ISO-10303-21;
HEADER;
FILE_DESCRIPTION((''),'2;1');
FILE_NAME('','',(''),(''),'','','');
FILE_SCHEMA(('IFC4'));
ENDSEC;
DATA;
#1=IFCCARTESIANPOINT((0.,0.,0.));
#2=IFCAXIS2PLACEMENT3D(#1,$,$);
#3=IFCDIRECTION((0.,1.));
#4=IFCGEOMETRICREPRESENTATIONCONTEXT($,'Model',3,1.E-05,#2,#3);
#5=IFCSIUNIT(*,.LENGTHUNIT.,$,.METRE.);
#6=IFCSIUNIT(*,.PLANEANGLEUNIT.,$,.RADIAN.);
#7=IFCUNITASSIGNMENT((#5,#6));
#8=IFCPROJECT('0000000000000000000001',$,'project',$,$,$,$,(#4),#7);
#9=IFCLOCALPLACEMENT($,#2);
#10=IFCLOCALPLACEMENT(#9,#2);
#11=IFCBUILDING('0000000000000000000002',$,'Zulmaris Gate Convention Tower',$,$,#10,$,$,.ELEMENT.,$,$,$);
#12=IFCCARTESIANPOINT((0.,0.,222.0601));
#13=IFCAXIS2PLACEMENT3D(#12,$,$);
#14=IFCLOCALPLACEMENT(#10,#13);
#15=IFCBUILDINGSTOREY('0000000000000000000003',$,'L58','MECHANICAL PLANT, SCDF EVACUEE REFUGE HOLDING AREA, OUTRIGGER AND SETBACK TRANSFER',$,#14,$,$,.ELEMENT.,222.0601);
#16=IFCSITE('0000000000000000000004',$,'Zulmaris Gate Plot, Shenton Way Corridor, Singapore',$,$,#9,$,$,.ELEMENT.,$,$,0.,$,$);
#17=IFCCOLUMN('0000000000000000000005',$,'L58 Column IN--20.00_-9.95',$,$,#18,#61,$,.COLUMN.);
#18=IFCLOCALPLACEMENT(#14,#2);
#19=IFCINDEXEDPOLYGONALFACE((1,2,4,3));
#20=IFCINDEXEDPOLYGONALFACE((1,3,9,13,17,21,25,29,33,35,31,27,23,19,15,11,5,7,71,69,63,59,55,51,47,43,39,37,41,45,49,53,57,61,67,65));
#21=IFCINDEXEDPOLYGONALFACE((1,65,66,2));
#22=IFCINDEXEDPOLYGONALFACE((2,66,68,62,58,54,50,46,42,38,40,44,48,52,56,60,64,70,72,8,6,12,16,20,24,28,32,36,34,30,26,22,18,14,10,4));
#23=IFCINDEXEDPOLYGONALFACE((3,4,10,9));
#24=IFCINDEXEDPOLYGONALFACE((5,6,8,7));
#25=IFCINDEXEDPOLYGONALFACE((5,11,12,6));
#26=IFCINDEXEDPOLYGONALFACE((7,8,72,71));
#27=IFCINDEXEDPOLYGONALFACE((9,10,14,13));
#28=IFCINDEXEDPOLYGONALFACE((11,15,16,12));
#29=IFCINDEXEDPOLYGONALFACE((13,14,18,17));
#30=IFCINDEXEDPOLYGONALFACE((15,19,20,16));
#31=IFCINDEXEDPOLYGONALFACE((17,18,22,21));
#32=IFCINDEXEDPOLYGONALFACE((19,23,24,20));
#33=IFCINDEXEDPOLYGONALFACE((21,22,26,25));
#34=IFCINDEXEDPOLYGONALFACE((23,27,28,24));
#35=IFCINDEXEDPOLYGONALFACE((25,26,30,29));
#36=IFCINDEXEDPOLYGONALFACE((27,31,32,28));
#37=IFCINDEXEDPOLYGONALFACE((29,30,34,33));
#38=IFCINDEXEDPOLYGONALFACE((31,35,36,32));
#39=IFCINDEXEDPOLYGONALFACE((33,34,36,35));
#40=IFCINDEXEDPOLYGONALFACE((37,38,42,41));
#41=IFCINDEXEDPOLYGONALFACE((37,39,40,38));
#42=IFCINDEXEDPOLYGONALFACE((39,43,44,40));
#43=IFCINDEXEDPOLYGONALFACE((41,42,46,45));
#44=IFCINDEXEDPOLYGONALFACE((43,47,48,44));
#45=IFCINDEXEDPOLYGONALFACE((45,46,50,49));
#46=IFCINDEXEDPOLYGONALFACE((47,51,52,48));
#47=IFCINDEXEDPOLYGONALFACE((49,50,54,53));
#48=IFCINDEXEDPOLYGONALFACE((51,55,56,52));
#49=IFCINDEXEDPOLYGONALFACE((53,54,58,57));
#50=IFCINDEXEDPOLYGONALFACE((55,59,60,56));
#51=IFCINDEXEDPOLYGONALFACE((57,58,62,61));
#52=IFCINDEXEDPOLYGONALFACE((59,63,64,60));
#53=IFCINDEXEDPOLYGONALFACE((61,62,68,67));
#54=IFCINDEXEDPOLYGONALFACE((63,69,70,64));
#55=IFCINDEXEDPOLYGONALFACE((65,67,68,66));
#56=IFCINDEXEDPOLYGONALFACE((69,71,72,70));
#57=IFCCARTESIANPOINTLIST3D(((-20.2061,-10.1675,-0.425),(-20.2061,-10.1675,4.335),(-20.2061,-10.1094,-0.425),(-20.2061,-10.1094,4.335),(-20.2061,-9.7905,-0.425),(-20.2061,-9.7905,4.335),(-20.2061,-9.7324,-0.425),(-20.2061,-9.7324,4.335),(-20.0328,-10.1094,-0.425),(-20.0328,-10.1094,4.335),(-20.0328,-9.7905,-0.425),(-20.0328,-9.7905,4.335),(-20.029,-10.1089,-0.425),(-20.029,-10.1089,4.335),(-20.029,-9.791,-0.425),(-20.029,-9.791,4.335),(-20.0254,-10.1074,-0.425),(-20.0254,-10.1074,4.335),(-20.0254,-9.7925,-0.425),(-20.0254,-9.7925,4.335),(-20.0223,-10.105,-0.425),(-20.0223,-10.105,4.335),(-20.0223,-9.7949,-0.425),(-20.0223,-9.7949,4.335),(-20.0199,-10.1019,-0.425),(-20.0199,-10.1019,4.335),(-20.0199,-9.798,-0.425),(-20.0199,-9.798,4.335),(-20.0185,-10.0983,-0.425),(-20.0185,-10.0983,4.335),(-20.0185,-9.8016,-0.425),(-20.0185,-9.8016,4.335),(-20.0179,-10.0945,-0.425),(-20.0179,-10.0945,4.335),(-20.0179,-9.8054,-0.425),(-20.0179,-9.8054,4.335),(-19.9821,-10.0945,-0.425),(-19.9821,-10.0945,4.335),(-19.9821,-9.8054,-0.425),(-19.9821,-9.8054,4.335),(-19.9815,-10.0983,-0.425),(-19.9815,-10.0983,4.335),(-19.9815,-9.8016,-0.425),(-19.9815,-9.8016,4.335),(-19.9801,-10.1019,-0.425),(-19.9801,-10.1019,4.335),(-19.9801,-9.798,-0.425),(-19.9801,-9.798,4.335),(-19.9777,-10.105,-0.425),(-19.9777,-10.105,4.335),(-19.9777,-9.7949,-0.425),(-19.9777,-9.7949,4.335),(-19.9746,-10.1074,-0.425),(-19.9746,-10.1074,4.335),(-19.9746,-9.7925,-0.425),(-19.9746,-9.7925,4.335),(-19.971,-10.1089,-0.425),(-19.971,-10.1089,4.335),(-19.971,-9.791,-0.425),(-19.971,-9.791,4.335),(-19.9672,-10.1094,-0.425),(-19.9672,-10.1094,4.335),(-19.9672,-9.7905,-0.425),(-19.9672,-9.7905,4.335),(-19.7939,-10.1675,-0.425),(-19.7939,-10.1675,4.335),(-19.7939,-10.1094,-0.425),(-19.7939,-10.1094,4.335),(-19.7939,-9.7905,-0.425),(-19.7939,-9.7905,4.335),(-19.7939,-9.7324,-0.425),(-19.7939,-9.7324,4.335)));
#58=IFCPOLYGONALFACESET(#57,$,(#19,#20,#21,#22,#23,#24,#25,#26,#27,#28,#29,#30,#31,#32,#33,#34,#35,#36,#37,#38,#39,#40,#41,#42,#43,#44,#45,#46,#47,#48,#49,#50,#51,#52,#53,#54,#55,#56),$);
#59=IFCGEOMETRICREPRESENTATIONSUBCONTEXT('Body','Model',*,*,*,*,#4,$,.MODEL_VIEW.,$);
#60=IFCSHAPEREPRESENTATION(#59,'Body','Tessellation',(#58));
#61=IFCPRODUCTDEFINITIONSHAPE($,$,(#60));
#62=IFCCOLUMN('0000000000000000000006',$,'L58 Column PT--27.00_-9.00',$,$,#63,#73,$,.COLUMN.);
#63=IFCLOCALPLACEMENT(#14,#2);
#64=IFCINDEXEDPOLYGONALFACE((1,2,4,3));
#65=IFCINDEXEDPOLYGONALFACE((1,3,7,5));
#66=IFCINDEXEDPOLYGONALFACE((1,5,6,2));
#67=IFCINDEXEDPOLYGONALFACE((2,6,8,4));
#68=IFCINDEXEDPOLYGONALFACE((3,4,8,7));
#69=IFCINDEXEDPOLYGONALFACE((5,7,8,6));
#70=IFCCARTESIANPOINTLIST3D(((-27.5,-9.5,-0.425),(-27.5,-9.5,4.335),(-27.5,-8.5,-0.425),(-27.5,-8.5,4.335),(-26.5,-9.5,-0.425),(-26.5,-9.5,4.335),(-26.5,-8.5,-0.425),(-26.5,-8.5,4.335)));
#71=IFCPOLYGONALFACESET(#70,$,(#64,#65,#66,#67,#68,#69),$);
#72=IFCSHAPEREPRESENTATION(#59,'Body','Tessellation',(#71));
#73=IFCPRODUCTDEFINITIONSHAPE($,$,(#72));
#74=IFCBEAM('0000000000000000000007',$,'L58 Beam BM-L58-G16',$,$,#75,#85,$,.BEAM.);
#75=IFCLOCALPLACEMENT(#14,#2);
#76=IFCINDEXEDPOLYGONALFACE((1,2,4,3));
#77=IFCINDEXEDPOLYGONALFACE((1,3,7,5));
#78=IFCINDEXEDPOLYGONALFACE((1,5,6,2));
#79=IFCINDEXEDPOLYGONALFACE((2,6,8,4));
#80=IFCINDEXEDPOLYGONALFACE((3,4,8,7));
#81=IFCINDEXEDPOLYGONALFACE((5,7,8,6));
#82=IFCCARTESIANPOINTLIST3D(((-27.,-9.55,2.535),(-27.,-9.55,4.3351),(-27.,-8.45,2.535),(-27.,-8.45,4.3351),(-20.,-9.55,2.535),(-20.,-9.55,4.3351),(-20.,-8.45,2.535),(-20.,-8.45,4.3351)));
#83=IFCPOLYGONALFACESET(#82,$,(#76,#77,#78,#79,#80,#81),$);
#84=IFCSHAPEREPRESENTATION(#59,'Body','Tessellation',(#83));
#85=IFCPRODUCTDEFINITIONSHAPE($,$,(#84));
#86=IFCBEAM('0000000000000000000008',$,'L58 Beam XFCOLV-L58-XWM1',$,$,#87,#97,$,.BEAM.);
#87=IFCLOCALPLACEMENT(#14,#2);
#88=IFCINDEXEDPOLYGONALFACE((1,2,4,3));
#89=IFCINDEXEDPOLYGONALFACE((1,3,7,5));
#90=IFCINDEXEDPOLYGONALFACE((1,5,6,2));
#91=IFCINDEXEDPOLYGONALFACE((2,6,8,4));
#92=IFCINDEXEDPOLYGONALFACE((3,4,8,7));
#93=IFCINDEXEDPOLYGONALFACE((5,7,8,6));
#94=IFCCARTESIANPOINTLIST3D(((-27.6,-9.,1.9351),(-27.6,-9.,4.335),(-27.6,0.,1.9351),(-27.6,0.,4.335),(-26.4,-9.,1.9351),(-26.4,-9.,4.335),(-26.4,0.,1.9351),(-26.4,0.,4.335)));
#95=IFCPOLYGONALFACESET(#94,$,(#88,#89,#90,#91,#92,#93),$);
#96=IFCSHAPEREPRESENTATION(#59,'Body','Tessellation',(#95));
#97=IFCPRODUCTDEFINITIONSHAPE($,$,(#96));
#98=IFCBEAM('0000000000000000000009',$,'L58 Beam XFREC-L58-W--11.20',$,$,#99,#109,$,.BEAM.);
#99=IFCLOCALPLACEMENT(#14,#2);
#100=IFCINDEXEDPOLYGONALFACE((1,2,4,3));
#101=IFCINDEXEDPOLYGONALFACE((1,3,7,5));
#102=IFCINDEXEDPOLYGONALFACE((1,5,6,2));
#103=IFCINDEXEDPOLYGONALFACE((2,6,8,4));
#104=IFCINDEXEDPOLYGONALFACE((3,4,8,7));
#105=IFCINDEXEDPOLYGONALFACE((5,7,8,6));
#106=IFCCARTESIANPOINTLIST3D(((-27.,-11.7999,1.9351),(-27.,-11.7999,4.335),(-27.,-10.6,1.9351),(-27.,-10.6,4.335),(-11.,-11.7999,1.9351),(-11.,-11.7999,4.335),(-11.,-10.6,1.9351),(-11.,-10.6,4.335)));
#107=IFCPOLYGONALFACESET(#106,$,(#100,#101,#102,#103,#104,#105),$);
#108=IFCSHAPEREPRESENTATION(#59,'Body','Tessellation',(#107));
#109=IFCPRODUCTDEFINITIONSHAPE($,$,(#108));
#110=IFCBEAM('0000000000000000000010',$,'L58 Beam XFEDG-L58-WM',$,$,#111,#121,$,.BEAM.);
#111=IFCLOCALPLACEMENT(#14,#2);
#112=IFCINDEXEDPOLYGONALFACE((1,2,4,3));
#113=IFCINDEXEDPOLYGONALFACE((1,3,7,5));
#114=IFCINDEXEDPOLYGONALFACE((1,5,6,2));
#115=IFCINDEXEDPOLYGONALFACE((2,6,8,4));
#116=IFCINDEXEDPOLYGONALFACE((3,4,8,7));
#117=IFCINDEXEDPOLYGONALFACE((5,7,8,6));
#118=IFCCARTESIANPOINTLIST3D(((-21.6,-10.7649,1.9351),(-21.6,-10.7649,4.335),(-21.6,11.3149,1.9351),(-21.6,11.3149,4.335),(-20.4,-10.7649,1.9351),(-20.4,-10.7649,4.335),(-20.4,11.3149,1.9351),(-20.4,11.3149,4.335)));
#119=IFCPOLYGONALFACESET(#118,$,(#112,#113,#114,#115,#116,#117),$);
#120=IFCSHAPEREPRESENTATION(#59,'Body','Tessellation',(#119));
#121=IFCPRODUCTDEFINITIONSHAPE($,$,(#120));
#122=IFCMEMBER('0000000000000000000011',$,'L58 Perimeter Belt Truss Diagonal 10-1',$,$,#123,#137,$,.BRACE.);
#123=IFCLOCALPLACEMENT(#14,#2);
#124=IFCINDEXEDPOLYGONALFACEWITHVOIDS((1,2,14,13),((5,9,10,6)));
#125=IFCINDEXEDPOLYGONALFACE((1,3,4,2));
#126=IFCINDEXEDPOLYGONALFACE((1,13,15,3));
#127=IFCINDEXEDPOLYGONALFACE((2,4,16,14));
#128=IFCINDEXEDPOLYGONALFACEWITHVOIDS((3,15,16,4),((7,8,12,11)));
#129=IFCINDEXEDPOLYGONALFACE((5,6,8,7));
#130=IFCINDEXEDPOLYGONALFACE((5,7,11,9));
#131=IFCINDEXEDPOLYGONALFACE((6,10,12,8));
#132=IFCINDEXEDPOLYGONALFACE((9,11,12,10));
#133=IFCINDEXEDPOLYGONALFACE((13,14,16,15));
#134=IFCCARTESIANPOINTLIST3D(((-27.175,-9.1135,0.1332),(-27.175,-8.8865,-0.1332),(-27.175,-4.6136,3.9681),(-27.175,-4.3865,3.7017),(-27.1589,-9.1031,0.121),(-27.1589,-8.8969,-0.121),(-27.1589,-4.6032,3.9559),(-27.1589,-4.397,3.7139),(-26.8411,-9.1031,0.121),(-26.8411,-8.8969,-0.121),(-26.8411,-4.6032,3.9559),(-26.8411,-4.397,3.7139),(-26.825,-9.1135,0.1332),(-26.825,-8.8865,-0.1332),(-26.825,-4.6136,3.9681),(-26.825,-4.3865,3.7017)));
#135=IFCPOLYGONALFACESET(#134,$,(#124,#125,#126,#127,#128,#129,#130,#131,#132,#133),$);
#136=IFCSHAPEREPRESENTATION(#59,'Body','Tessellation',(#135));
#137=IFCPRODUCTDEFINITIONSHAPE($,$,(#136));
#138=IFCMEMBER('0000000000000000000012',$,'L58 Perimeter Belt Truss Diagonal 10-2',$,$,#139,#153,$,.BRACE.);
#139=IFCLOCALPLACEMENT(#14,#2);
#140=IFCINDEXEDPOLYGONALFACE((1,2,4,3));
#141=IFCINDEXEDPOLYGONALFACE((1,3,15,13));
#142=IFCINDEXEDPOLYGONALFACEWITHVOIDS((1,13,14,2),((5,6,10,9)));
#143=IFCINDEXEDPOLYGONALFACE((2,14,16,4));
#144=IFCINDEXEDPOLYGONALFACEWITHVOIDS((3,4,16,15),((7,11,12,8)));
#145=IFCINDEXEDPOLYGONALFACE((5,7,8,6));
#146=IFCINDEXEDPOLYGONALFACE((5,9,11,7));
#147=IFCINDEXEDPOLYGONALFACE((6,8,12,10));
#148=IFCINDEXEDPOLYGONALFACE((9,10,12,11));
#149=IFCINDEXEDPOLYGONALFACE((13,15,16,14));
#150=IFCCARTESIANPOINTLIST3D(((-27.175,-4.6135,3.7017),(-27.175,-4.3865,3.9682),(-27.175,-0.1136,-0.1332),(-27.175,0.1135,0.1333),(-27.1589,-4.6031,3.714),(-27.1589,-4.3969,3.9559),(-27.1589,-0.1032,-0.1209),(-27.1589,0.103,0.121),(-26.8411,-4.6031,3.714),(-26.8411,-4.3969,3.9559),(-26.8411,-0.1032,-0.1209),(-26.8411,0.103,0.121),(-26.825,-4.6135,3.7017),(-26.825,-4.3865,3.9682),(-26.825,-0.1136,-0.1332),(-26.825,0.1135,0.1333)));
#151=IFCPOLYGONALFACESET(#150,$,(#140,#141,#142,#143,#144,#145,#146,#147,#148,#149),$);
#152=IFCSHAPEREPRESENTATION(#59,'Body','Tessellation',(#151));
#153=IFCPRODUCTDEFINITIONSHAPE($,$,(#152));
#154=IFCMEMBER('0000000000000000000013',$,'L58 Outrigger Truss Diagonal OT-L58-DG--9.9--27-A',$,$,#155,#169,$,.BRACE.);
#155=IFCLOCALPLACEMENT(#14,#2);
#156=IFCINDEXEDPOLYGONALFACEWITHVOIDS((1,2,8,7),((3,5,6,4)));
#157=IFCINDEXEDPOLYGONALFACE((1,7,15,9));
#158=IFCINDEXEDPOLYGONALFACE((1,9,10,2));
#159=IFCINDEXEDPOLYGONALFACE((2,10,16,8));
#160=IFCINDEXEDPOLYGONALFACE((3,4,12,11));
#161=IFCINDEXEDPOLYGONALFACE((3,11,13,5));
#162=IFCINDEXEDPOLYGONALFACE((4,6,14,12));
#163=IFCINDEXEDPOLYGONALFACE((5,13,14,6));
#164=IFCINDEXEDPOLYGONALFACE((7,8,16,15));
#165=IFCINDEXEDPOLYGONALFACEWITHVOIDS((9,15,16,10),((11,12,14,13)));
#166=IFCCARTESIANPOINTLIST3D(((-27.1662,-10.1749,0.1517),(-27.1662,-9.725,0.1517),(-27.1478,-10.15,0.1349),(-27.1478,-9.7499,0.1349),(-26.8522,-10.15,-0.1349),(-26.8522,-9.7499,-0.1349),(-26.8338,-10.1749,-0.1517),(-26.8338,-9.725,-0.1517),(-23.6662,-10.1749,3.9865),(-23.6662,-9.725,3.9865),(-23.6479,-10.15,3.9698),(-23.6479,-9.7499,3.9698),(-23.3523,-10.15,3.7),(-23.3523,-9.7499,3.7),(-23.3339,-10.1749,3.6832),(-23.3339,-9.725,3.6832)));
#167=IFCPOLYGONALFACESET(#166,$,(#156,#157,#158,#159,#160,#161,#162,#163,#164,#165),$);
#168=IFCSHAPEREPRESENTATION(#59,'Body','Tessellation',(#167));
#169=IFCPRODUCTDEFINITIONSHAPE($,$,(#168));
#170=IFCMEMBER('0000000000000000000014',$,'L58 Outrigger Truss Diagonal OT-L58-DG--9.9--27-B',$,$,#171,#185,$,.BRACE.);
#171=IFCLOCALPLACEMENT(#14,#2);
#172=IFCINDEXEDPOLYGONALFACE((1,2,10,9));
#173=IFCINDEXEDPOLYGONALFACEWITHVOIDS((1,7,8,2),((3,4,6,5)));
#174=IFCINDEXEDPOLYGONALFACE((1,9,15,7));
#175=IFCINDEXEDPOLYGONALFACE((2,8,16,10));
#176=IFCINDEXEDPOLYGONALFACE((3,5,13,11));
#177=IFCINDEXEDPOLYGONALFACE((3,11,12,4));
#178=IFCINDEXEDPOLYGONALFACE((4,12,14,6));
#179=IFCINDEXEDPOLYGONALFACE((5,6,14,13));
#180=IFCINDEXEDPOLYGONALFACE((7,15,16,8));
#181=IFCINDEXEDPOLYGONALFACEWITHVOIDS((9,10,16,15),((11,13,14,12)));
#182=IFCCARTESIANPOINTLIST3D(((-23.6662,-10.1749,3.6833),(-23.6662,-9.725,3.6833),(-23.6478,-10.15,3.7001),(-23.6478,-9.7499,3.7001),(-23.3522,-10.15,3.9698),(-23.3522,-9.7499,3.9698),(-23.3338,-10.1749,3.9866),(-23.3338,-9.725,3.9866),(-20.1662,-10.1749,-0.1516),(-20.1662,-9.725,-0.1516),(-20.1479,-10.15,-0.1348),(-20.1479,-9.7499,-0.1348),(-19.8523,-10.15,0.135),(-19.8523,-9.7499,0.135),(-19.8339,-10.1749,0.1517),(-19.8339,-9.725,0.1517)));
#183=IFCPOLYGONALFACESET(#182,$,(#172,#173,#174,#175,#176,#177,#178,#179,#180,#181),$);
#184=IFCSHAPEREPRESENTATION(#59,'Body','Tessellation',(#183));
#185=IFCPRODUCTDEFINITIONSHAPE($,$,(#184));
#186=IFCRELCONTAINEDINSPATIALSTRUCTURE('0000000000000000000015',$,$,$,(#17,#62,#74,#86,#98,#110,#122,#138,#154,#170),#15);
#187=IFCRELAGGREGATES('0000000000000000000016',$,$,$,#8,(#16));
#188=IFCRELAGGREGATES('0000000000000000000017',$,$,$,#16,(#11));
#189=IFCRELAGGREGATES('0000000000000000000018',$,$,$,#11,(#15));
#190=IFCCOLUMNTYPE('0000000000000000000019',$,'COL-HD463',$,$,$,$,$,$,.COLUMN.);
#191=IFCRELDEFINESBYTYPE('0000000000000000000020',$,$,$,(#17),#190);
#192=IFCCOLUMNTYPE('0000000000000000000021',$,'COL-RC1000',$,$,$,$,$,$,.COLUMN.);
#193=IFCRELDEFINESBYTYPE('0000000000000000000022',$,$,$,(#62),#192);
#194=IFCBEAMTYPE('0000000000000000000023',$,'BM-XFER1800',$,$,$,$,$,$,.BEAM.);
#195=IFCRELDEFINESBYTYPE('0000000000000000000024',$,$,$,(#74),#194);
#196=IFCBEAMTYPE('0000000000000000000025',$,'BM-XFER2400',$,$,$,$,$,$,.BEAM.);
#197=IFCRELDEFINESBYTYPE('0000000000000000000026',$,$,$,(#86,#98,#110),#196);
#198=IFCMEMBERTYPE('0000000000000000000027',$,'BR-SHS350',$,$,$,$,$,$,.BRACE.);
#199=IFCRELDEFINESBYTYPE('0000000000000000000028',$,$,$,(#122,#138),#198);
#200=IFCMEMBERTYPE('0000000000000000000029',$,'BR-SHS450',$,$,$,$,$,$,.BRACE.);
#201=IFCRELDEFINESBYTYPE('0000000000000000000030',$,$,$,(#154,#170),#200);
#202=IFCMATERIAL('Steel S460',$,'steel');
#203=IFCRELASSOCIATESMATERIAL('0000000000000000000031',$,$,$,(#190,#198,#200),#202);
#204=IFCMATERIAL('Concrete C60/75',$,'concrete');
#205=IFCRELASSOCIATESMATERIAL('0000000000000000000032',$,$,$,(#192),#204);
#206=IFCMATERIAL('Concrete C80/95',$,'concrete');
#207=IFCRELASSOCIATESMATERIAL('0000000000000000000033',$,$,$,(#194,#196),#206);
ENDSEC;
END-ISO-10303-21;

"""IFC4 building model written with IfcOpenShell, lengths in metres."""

from ifc_helpers import new_model, si_unit, direction, frame, origin, origin_2d, place, context, subcontext, project, spatial, rectangle, hollow_rectangle, i_section, extrude, material, material_profile, profile_set, type_object, element, save


model = new_model("IFC4")

# Units and contexts
model_context = context("Model", 3, precision=1e-05, world=origin(), true_north=direction((0.0, 1.0)))
body_context = subcontext(model_context, "Body", "Model", "MODEL_VIEW")
ifc_project = project(units=[si_unit("LENGTHUNIT", "METRE"), si_unit("PLANEANGLEUNIT", "RADIAN")], contexts=[model_context])

# Site, building, storey
site_placement = place(None, origin())
site = spatial("IfcSite", under=ifc_project, at=site_placement, Name="Zulmaris Gate Plot, Shenton Way Corridor, Singapore", CompositionType="ELEMENT", RefElevation=0.0)
building_placement = place(site_placement, origin())
building = spatial("IfcBuilding", under=site, at=building_placement, Name="Zulmaris Gate Convention Tower", CompositionType="ELEMENT")
storey_placement = place(building_placement, frame((0.0, 0.0, 222.0601)))
storey = spatial("IfcBuildingStorey", under=building, at=storey_placement, Name="L58", Description="MECHANICAL PLANT, SCDF EVACUEE REFUGE HOLDING AREA, OUTRIGGER AND SETBACK TRANSFER", CompositionType="ELEMENT", Elevation=222.0601)

# Columns
ifc_material_1 = material(Name="Steel S460", Category="steel")
ifc_material_profile_1 = material_profile(ifc_material_1, i_section(OverallWidth=0.4121, OverallDepth=0.4351, WebThickness=0.0359, FlangeThickness=0.0581, FilletRadius=0.0149, at=origin_2d()), Name="HD 400x463")
ifc_profile_set_1 = profile_set([ifc_material_profile_1], Name="Steel S460")
column_type_1 = type_object("IfcColumnType", Name="COL-HD463", PredefinedType="COLUMN", material=ifc_profile_set_1)
column_1_placement = place(storey_placement, frame((-20.0, -9.95, -0.425), z_axis=(0.0, 0.0, 1.0), x_axis=(1.0, 0.0, 0.0)))
element("IfcColumn", 1, at=column_1_placement, inside=storey, type_object=column_type_1, Name="L58 Column IN--20.00_-9.95", PredefinedType="COLUMN", context=body_context, shape_type="SweptSolid", body=[
    extrude(i_section(OverallWidth=0.4121, OverallDepth=0.4351, WebThickness=0.0359, FlangeThickness=0.0581, FilletRadius=0.0149, at=origin_2d()), origin(), (0.0, 0.0, 1.0), 4.76),
])
ifc_material_2 = material(Name="Concrete C60/75", Category="concrete")
ifc_material_profile_2 = material_profile(ifc_material_2, rectangle(XDim=1.0, YDim=1.0, at=origin_2d()), Name="RC COL 1000x1000")
ifc_profile_set_2 = profile_set([ifc_material_profile_2], Name="Concrete C60/75")
column_type_2 = type_object("IfcColumnType", Name="COL-RC1000", PredefinedType="COLUMN", material=ifc_profile_set_2)
column_2_placement = place(storey_placement, frame((-27.0, -9.0, -0.425), z_axis=(0.0, 0.0, 1.0), x_axis=(1.0, 0.0, 0.0)))
element("IfcColumn", 2, at=column_2_placement, inside=storey, type_object=column_type_2, Name="L58 Column PT--27.00_-9.00", PredefinedType="COLUMN", context=body_context, shape_type="SweptSolid", body=[
    extrude(rectangle(XDim=1.0, YDim=1.0, at=origin_2d()), origin(), (0.0, 0.0, 1.0), 4.76),
])

# Beams
ifc_material_3 = material(Name="Concrete C80/95", Category="concrete")
ifc_material_profile_3 = material_profile(ifc_material_3, rectangle(XDim=1.1001, YDim=1.8, at=origin_2d()), Name="RC TRANSFER 1100x1800")
ifc_profile_set_3 = profile_set([ifc_material_profile_3], Name="Concrete C80/95")
beam_type_1 = type_object("IfcBeamType", Name="BM-XFER1800", PredefinedType="BEAM", material=ifc_profile_set_3)
beam_1_placement = place(storey_placement, frame((-27.0, -9.0, 3.4351), z_axis=(1.0, 0.0, 0.0), x_axis=(0.0, 1.0, 0.0)))
element("IfcBeam", 3, at=beam_1_placement, inside=storey, type_object=beam_type_1, Name="L58 Beam BM-L58-G16", PredefinedType="BEAM", context=body_context, shape_type="SweptSolid", body=[
    extrude(rectangle(XDim=1.1001, YDim=1.8, at=origin_2d()), origin(), (0.0, 0.0, 1.0), 7.0),
])
ifc_material_profile_4 = material_profile(ifc_material_3, rectangle(XDim=1.2, YDim=2.3999, at=origin_2d()), Name="RC TRANSFER 1200x2400")
ifc_profile_set_4 = profile_set([ifc_material_profile_4], Name="Concrete C80/95")
beam_type_2 = type_object("IfcBeamType", Name="BM-XFER2400", PredefinedType="BEAM", material=ifc_profile_set_4)
beam_2_placement = place(storey_placement, frame((-27.0, -9.0, 3.135), z_axis=(0.0, 1.0, 0.0), x_axis=(-1.0, 0.0, 0.0)))
element("IfcBeam", 4, at=beam_2_placement, inside=storey, type_object=beam_type_2, Name="L58 Beam XFCOLV-L58-XWM1", PredefinedType="BEAM", context=body_context, shape_type="SweptSolid", body=[
    extrude(rectangle(XDim=1.2, YDim=2.3999, at=origin_2d()), origin(), (0.0, 0.0, 1.0), 9.0),
])
beam_3_placement = place(storey_placement, frame((-27.0, -11.2, 3.135), z_axis=(1.0, 0.0, 0.0), x_axis=(0.0, 1.0, 0.0)))
element("IfcBeam", 5, at=beam_3_placement, inside=storey, type_object=beam_type_2, Name="L58 Beam XFREC-L58-W--11.20", PredefinedType="BEAM", context=body_context, shape_type="SweptSolid", body=[
    extrude(rectangle(XDim=1.2, YDim=2.3999, at=origin_2d()), origin(), (0.0, 0.0, 1.0), 16.0),
])
beam_4_placement = place(storey_placement, frame((-21.0, -10.7649, 3.135), z_axis=(0.0, 1.0, 0.0), x_axis=(-1.0, 0.0, 0.0)))
element("IfcBeam", 6, at=beam_4_placement, inside=storey, type_object=beam_type_2, Name="L58 Beam XFEDG-L58-WM", PredefinedType="BEAM", context=body_context, shape_type="SweptSolid", body=[
    extrude(rectangle(XDim=1.2, YDim=2.3999, at=origin_2d()), origin(), (0.0, 0.0, 1.0), 22.0798),
])

# Members
ifc_material_profile_5 = material_profile(ifc_material_1, hollow_rectangle(XDim=0.3501, YDim=0.3501, WallThickness=0.0161, at=origin_2d()), Name="SHS 350x350x16")
ifc_profile_set_5 = profile_set([ifc_material_profile_5], Name="Steel S460")
member_type_1 = type_object("IfcMemberType", Name="BR-SHS350", PredefinedType="BRACE", material=ifc_profile_set_5)
for number, where, z_axis, x_axis, name in (
    (7, (-27.0, -9.0, 0.0), (0.0, 0.761107, 0.648626), (-1.0, 0.0, 0.0), "L58 Perimeter Belt Truss Diagonal 10-1"),
    (8, (-27.0, -4.5, 3.835), (0.0, 0.761107, -0.648626), (-1.0, 0.0, 0.0), "L58 Perimeter Belt Truss Diagonal 10-2"),
):
    element("IfcMember", number, at=place(storey_placement, frame(where, z_axis=z_axis, x_axis=x_axis)), inside=storey, type_object=member_type_1, Name=name, PredefinedType="BRACE", context=body_context, shape_type="SweptSolid", body=[
        extrude(hollow_rectangle(XDim=0.3501, YDim=0.3501, WallThickness=0.0161, at=origin_2d()), origin(), (0.0, 0.0, 1.0), 5.9124),
    ])
ifc_material_profile_6 = material_profile(ifc_material_1, hollow_rectangle(XDim=0.45, YDim=0.45, WallThickness=0.0249, at=origin_2d()), Name="SHS 450x450x25")
ifc_profile_set_6 = profile_set([ifc_material_profile_6], Name="Steel S460")
member_type_2 = type_object("IfcMemberType", Name="BR-SHS450", PredefinedType="BRACE", material=ifc_profile_set_6)
for number, where, z_axis, x_axis, name in (
    (9, (-27.0, -9.95, 0.0), (0.674113, 0.0, 0.738628), (0.0, 1.0, 0.0), "L58 Outrigger Truss Diagonal OT-L58-DG--9.9--27-A"),
    (10, (-23.5, -9.95, 3.835), (0.674113, 0.0, -0.738628), (0.0, 1.0, 0.0), "L58 Outrigger Truss Diagonal OT-L58-DG--9.9--27-B"),
):
    element("IfcMember", number, at=place(storey_placement, frame(where, z_axis=z_axis, x_axis=x_axis)), inside=storey, type_object=member_type_2, Name=name, PredefinedType="BRACE", context=body_context, shape_type="SweptSolid", body=[
        extrude(hollow_rectangle(XDim=0.45, YDim=0.45, WallThickness=0.0249, at=origin_2d()), origin(), (0.0, 0.0, 1.0), 5.1919),
    ])

save(model, "model.ifc")
